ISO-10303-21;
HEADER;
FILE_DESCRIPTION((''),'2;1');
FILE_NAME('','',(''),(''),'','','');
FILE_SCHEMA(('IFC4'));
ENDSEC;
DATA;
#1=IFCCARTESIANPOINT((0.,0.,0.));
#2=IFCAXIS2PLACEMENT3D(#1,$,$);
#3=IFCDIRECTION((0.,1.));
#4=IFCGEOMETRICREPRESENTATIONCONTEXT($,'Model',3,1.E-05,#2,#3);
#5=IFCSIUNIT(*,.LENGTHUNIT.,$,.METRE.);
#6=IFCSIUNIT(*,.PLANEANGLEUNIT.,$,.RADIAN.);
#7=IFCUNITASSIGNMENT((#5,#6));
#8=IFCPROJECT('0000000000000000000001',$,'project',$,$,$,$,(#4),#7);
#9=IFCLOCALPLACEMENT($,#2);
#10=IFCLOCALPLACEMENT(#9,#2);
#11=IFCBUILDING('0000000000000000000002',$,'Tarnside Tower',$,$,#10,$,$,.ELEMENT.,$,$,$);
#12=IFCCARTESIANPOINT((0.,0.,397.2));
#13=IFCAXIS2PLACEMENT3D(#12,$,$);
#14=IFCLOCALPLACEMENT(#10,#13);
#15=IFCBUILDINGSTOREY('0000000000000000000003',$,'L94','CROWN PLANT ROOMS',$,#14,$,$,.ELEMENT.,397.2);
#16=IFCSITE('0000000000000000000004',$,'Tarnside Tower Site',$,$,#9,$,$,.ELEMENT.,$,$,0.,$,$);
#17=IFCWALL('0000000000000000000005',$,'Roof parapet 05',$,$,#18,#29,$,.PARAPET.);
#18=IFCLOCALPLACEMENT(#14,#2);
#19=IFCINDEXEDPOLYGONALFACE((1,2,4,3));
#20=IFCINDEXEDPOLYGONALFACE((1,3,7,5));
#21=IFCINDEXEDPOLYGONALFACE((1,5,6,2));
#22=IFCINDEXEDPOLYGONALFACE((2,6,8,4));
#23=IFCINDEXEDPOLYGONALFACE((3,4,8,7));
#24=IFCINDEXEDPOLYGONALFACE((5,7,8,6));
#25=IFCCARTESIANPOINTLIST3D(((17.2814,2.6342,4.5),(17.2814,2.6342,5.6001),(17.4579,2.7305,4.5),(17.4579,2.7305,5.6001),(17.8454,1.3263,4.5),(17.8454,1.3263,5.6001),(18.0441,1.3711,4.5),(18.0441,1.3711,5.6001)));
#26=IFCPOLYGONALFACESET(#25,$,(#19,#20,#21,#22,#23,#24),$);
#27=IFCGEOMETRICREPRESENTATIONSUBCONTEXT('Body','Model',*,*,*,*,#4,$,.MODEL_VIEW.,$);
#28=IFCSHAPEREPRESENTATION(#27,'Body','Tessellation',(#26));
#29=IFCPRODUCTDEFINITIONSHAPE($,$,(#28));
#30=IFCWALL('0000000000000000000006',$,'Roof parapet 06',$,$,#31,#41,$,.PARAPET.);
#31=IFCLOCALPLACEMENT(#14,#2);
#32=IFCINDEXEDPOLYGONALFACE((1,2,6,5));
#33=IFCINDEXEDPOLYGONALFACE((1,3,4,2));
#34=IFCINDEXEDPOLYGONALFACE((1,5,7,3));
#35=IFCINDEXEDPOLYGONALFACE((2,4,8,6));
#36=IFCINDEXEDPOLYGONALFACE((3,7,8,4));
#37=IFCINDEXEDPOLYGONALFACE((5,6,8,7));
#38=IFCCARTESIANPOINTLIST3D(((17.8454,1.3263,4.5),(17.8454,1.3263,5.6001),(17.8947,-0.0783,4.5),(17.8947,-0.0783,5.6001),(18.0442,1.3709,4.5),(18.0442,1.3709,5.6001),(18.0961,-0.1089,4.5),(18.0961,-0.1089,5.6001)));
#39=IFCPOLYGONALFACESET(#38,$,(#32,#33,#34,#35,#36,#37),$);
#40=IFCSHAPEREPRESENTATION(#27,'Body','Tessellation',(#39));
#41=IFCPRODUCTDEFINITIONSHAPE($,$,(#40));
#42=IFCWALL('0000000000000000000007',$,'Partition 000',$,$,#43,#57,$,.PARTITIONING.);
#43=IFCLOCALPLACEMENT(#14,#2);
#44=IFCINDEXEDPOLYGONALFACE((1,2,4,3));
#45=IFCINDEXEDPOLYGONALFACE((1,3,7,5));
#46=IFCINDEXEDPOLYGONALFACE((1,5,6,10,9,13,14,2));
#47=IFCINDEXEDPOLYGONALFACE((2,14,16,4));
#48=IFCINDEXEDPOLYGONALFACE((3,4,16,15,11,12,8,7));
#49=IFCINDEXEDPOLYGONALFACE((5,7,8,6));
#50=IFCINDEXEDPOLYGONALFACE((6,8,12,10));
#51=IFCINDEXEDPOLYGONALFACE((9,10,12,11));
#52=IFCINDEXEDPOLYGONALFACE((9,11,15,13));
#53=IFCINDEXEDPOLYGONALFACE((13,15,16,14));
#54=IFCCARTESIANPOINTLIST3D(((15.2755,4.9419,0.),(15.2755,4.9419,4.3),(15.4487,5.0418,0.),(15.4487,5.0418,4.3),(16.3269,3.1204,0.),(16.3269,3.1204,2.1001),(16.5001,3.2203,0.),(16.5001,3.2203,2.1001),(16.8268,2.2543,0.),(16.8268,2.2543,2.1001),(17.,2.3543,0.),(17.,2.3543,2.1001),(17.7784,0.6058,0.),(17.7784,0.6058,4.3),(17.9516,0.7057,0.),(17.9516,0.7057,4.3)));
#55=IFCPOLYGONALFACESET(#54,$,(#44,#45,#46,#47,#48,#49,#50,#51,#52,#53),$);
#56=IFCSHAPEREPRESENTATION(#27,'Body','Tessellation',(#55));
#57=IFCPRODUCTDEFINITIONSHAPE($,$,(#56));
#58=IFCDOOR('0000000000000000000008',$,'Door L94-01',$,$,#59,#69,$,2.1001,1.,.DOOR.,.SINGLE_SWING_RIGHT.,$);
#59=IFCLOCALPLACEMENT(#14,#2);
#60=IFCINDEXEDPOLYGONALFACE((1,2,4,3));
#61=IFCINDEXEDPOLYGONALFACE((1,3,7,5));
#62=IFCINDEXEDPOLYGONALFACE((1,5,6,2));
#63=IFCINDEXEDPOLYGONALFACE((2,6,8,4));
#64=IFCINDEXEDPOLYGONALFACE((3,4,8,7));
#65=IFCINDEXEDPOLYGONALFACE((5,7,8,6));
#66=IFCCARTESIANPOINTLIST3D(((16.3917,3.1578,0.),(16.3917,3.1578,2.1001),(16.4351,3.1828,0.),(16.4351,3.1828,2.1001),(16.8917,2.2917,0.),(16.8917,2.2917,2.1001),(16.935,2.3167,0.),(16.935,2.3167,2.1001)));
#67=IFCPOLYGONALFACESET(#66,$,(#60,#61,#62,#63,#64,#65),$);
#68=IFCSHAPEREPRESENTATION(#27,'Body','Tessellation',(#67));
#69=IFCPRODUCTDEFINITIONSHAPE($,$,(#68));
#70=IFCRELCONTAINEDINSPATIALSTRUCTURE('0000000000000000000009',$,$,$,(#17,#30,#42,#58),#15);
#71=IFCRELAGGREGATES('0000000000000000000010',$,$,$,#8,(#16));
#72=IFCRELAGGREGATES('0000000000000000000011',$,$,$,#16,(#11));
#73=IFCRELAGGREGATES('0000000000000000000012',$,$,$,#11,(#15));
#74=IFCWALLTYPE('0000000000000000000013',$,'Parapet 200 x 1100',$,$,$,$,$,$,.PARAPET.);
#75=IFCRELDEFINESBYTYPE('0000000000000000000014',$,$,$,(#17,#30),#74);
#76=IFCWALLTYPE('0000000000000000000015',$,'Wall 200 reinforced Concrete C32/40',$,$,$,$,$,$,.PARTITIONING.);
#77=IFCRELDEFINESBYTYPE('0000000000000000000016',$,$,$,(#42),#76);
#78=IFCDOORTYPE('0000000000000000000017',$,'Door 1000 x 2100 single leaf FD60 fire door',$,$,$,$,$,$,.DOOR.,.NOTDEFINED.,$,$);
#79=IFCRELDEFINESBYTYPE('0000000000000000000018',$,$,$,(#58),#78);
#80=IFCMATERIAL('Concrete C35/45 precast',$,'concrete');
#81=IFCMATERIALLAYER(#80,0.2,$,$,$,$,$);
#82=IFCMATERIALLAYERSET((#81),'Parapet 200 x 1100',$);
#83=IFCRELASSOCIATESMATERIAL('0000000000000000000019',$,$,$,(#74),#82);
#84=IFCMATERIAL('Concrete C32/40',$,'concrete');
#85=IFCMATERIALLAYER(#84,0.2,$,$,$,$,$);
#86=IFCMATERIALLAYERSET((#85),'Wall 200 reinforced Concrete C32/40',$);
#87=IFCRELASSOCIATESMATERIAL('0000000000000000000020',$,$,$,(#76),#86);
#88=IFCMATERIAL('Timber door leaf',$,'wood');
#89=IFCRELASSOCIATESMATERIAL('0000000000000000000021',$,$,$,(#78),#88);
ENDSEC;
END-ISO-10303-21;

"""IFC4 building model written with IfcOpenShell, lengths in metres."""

from ifc_helpers import new_model, si_unit, direction, frame, frame_2d, origin, place, context, subcontext, project, spatial, polyline, rectangle, outline, extrude, material, layer, layer_set, type_object, element, fill, save


model = new_model("IFC4")

# Units and contexts
model_context = context("Model", 3, precision=1e-05, world=origin(), true_north=direction((0.0, 1.0)))
body_context = subcontext(model_context, "Body", "Model", "MODEL_VIEW")
ifc_project = project(units=[si_unit("LENGTHUNIT", "METRE"), si_unit("PLANEANGLEUNIT", "RADIAN")], contexts=[model_context])

# Site, building, storey
site_placement = place(None, origin())
site = spatial("IfcSite", under=ifc_project, at=site_placement, Name="Tarnside Tower Site", CompositionType="ELEMENT", RefElevation=0.0)
building_placement = place(site_placement, origin())
building = spatial("IfcBuilding", under=site, at=building_placement, Name="Tarnside Tower", CompositionType="ELEMENT")
storey_placement = place(building_placement, frame((0.0, 0.0, 397.2)))
storey = spatial("IfcBuildingStorey", under=building, at=storey_placement, Name="L94", Description="CROWN PLANT ROOMS", CompositionType="ELEMENT", Elevation=397.2)

# Walls
ifc_material_1 = material(Name="Concrete C35/45 precast", Category="concrete")
ifc_layer_1 = layer(ifc_material_1, 0.2)
ifc_layer_set_1 = layer_set([ifc_layer_1], Name="Parapet 200 x 1100")
wall_type_1 = type_object("IfcWallType", Name="Parapet 200 x 1100", PredefinedType="PARAPET", material=ifc_layer_set_1)
wall_1_placement = place(storey_placement, frame((17.3696, 2.6824, 4.5), z_axis=(0.0, 0.0, 1.0), x_axis=(0.396008, -0.918247, 0.0)))
element("IfcWall", 1, at=wall_1_placement, inside=storey, type_object=wall_type_1, Name="Roof parapet 05", PredefinedType="PARAPET", context=body_context, shape_type="SweptSolid", body=[
    extrude(outline(polyline([(0.0093, -0.1001), (1.4336, -0.1001), (1.4712, 0.1001), (-0.0093, 0.1001), (0.0093, -0.1001)])), origin(), (0.0, 0.0, 1.0), 1.1001),
])
wall_2_placement = place(storey_placement, frame((17.9448, 1.3486, 4.5), z_axis=(0.0, 0.0, 1.0), x_axis=(0.035022, -0.999387, 0.0)))
element("IfcWall", 2, at=wall_2_placement, inside=storey, type_object=wall_type_1, Name="Roof parapet 06", PredefinedType="PARAPET", context=body_context, shape_type="SweptSolid", body=[
    extrude(outline(polyline([(0.0188, -0.1001), (1.4243, -0.1001), (1.4619, 0.1001), (-0.0188, 0.1001), (0.0188, -0.1001)])), origin(), (0.0, 0.0, 1.0), 1.1001),
])

# Wall, opening, door
ifc_material_2 = material(Name="Concrete C32/40", Category="concrete")
ifc_layer_2 = layer(ifc_material_2, 0.2)
ifc_layer_set_2 = layer_set([ifc_layer_2], Name="Wall 200 reinforced Concrete C32/40")
wall_type_2 = type_object("IfcWallType", Name="Wall 200 reinforced Concrete C32/40", PredefinedType="PARTITIONING", material=ifc_layer_set_2)
wall_3_placement = place(storey_placement, frame((15.3621, 4.9919, 0.0), z_axis=(0.0, 0.0, 1.0), x_axis=(0.499915, -0.866074, 0.0)))
wall_3 = element("IfcWall", 3, at=wall_3_placement, inside=storey, type_object=wall_type_2, Name="Partition 000", PredefinedType="PARTITIONING", context=body_context, shape_type="SweptSolid", body=[
    extrude(rectangle(XDim=5.0066, YDim=0.2, at=frame_2d((2.5034, 0.0))), origin(), (0.0, 0.0, 1.0), 4.3),
])
opening_1_placement = place(wall_3_placement, frame((2.1033, 0.0, 0.0)))
opening_1 = element("IfcOpeningElement", 4, at=opening_1_placement, cuts=wall_3, PredefinedType="OPENING", context=body_context, shape_type="SweptSolid", body=[
    extrude(rectangle(XDim=1.0, YDim=2.1001, at=frame_2d((0.5, 1.05))), frame((0.0, 0.1099, 0.0), z_axis=(0.0, -1.0, 0.0), x_axis=(1.0, 0.0, 0.0)), (0.0, 0.0, 1.0), 0.22),
])
ifc_material_3 = material(Name="Timber door leaf", Category="wood")
door_type_1 = type_object("IfcDoorType", Name="Door 1000 x 2100 single leaf FD60 fire door", OperationType="NOTDEFINED", PredefinedType="DOOR", material=ifc_material_3)
door_1_placement = place(opening_1_placement, origin())
door_1 = element("IfcDoor", 5, at=door_1_placement, inside=storey, type_object=door_type_1, Name="Door L94-01", OperationType="SINGLE_SWING_RIGHT", OverallHeight=2.1001, OverallWidth=1.0, PredefinedType="DOOR", context=body_context, shape_type="SweptSolid", body=[
    extrude(rectangle(XDim=1.0, YDim=2.1001, at=frame_2d((0.5, 1.05))), frame((0.0, 0.0249, 0.0), z_axis=(0.0, -1.0, 0.0), x_axis=(1.0, 0.0, 0.0)), (0.0, 0.0, 1.0), 0.05),
])
fill(opening_1, door_1)

save(model, "model.ifc")
